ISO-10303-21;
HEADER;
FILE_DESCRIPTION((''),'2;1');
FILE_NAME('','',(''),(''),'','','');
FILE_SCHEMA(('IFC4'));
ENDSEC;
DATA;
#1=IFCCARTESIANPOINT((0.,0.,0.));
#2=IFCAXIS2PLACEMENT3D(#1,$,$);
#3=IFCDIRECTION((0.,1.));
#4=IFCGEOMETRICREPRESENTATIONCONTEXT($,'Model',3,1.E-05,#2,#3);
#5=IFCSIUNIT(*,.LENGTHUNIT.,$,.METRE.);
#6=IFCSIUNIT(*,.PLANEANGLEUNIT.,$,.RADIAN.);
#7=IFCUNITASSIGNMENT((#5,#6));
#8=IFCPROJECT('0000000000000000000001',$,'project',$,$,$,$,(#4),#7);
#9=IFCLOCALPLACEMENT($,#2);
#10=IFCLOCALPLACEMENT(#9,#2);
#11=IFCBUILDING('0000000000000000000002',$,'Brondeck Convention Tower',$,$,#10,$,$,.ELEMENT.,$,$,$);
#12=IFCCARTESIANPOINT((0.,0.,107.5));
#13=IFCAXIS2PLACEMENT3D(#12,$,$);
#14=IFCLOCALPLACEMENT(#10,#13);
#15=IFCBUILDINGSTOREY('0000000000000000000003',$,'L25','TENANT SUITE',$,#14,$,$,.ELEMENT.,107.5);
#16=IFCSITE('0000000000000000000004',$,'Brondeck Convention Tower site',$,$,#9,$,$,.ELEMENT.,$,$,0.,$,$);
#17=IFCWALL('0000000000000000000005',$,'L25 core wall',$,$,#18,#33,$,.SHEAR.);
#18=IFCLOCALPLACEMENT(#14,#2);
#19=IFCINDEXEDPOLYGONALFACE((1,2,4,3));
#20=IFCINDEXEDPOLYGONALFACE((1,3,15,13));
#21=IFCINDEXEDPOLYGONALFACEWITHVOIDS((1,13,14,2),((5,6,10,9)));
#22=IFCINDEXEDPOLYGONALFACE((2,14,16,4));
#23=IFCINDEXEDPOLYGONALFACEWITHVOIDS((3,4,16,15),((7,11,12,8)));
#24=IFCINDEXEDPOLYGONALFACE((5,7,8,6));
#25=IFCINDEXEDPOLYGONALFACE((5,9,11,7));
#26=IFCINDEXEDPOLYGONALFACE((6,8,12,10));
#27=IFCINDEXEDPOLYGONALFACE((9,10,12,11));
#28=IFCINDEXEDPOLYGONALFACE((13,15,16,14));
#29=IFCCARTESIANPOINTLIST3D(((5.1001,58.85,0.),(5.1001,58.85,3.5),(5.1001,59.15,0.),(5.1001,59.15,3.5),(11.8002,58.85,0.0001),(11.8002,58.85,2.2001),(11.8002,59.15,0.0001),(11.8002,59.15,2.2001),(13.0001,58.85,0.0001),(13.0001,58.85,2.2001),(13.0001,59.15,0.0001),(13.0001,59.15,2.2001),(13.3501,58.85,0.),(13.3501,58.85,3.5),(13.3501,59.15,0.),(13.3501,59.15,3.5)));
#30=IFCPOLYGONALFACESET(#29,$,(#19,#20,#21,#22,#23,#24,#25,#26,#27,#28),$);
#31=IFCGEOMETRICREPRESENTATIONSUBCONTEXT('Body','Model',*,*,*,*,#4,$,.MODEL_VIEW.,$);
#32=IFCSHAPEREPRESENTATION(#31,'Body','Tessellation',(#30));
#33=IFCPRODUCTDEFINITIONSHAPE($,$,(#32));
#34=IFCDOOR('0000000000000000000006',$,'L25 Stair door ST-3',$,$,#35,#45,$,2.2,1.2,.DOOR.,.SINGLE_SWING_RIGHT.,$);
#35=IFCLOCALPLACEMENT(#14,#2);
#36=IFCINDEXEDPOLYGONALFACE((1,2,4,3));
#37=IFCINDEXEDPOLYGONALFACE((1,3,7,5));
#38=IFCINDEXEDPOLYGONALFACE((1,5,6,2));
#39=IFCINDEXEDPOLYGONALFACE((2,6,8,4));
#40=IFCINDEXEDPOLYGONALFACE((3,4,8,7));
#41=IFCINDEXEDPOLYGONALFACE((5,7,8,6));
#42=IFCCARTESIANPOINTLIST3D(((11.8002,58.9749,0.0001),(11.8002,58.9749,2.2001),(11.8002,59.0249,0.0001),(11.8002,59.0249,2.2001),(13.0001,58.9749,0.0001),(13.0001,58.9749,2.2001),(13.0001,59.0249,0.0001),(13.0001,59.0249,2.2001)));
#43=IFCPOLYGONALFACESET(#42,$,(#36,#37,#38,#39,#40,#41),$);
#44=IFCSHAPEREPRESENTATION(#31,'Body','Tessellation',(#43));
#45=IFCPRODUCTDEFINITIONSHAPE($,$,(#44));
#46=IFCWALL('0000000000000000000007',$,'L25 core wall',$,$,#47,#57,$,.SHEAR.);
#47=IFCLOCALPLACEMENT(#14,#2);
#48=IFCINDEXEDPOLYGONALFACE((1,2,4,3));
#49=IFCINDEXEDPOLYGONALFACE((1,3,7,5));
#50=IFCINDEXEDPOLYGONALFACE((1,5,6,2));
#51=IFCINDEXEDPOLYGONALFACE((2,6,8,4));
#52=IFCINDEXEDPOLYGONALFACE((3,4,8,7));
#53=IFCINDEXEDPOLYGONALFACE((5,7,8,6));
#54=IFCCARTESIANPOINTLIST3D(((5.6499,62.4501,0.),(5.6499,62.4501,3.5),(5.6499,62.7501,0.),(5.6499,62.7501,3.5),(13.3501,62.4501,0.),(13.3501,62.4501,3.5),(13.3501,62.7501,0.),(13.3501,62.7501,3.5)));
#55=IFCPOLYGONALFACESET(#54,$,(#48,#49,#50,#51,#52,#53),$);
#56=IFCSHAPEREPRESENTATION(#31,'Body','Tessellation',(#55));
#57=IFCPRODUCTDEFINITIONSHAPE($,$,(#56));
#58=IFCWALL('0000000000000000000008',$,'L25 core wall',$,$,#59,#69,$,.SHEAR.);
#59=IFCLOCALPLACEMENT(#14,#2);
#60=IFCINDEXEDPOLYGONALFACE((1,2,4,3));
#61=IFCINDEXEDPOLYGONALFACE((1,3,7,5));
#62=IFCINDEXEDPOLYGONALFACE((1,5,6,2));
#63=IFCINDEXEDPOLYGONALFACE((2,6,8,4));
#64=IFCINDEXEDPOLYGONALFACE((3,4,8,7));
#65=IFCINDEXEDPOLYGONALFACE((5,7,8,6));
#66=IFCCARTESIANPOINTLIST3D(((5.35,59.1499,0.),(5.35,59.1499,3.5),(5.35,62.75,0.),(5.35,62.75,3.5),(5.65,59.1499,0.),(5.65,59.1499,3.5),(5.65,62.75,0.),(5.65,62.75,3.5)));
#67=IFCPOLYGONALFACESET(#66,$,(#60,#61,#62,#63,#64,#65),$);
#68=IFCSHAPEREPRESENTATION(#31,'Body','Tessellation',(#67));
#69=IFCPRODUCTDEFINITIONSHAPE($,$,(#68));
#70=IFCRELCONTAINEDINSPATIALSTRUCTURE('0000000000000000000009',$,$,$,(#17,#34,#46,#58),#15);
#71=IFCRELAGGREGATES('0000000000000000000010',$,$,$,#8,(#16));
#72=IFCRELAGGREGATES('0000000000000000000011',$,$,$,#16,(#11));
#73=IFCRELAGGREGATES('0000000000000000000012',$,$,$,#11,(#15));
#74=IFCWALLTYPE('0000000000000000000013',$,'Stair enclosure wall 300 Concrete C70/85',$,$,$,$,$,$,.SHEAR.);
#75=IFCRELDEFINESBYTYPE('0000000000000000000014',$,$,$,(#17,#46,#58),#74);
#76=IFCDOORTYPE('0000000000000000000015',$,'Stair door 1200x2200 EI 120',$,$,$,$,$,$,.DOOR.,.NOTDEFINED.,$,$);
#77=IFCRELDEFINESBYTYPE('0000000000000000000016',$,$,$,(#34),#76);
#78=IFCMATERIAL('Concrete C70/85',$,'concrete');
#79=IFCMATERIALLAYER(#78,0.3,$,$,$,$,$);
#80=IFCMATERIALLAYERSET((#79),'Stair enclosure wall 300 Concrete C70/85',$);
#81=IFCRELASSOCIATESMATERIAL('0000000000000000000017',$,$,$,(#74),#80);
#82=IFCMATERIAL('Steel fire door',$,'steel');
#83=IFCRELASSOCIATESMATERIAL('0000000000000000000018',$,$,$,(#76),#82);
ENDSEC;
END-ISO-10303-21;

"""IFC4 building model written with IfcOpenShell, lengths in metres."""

from ifc_helpers import new_model, si_unit, direction, frame, frame_2d, origin, place, context, subcontext, project, spatial, rectangle, extrude, material, layer, layer_set, type_object, element, fill, save


model = new_model("IFC4")

# Units and contexts
model_context = context("Model", 3, precision=1e-05, world=origin(), true_north=direction((0.0, 1.0)))
body_context = subcontext(model_context, "Body", "Model", "MODEL_VIEW")
ifc_project = project(units=[si_unit("LENGTHUNIT", "METRE"), si_unit("PLANEANGLEUNIT", "RADIAN")], contexts=[model_context])

# Site, building, storey
site_placement = place(None, origin())
site = spatial("IfcSite", under=ifc_project, at=site_placement, Name="Brondeck Convention Tower site", CompositionType="ELEMENT", RefElevation=0.0)
building_placement = place(site_placement, origin())
building = spatial("IfcBuilding", under=site, at=building_placement, Name="Brondeck Convention Tower", CompositionType="ELEMENT")
storey_placement = place(building_placement, frame((0.0, 0.0, 107.5)))
storey = spatial("IfcBuildingStorey", under=building, at=storey_placement, Name="L25", Description="TENANT SUITE", CompositionType="ELEMENT", Elevation=107.5)

# Shared definitions
ifc_material_1 = material(Name="Concrete C70/85", Category="concrete")

# Wall, opening, door
ifc_layer_1 = layer(ifc_material_1, 0.3)
ifc_layer_set_1 = layer_set([ifc_layer_1], Name="Stair enclosure wall 300 Concrete C70/85")
wall_type_1 = type_object("IfcWallType", Name="Stair enclosure wall 300 Concrete C70/85", PredefinedType="SHEAR", material=ifc_layer_set_1)
wall_1_placement = place(storey_placement, frame((5.1001, 59.0, 0.0), z_axis=(0.0, 0.0, 1.0), x_axis=(1.0, 0.0, 0.0)))
wall_1 = element("IfcWall", 1, at=wall_1_placement, inside=storey, type_object=wall_type_1, Name="L25 core wall", PredefinedType="SHEAR", context=body_context, shape_type="SweptSolid", body=[
    extrude(rectangle(XDim=8.25, YDim=0.3, at=frame_2d((4.125, 0.0))), origin(), (0.0, 0.0, 1.0), 3.5),
])
opening_1_placement = place(wall_1_placement, frame((6.7, 0.0, 0.0)))
opening_1 = element("IfcOpeningElement", 2, at=opening_1_placement, cuts=wall_1, PredefinedType="OPENING", context=body_context, shape_type="SweptSolid", body=[
    extrude(rectangle(XDim=1.2, YDim=2.2, at=frame_2d((0.6001, 1.1001))), frame((0.0, 0.1599, 0.0), z_axis=(0.0, -1.0, 0.0), x_axis=(1.0, 0.0, 0.0)), (0.0, 0.0, 1.0), 0.3201),
])
ifc_material_2 = material(Name="Steel fire door", Category="steel")
door_type_1 = type_object("IfcDoorType", Name="Stair door 1200x2200 EI 120", OperationType="NOTDEFINED", PredefinedType="DOOR", material=ifc_material_2)
door_1_placement = place(opening_1_placement, origin())
door_1 = element("IfcDoor", 3, at=door_1_placement, inside=storey, type_object=door_type_1, Name="L25 Stair door ST-3", OperationType="SINGLE_SWING_RIGHT", OverallHeight=2.2, OverallWidth=1.2, PredefinedType="DOOR", context=body_context, shape_type="SweptSolid", body=[
    extrude(rectangle(XDim=1.2, YDim=2.2, at=frame_2d((0.6001, 1.1001))), frame((0.0, 0.0249, 0.0), z_axis=(0.0, -1.0, 0.0), x_axis=(1.0, 0.0, 0.0)), (0.0, 0.0, 1.0), 0.05),
])
fill(opening_1, door_1)

# Walls
wall_2_placement = place(storey_placement, frame((5.6499, 62.6001, 0.0), z_axis=(0.0, 0.0, 1.0), x_axis=(1.0, 0.0, 0.0)))
element("IfcWall", 4, at=wall_2_placement, inside=storey, type_object=wall_type_1, Name="L25 core wall", PredefinedType="SHEAR", context=body_context, shape_type="SweptSolid", body=[
    extrude(rectangle(XDim=7.7002, YDim=0.3, at=frame_2d((3.8501, 0.0))), origin(), (0.0, 0.0, 1.0), 3.5),
])
wall_3_placement = place(storey_placement, frame((5.5, 59.1499, 0.0), z_axis=(0.0, 0.0, 1.0), x_axis=(0.0, 1.0, 0.0)))
element("IfcWall", 5, at=wall_3_placement, inside=storey, type_object=wall_type_1, Name="L25 core wall", PredefinedType="SHEAR", context=body_context, shape_type="SweptSolid", body=[
    extrude(rectangle(XDim=3.6001, YDim=0.3, at=frame_2d((1.8, 0.0))), origin(), (0.0, 0.0, 1.0), 3.5),
])

save(model, "model.ifc")
